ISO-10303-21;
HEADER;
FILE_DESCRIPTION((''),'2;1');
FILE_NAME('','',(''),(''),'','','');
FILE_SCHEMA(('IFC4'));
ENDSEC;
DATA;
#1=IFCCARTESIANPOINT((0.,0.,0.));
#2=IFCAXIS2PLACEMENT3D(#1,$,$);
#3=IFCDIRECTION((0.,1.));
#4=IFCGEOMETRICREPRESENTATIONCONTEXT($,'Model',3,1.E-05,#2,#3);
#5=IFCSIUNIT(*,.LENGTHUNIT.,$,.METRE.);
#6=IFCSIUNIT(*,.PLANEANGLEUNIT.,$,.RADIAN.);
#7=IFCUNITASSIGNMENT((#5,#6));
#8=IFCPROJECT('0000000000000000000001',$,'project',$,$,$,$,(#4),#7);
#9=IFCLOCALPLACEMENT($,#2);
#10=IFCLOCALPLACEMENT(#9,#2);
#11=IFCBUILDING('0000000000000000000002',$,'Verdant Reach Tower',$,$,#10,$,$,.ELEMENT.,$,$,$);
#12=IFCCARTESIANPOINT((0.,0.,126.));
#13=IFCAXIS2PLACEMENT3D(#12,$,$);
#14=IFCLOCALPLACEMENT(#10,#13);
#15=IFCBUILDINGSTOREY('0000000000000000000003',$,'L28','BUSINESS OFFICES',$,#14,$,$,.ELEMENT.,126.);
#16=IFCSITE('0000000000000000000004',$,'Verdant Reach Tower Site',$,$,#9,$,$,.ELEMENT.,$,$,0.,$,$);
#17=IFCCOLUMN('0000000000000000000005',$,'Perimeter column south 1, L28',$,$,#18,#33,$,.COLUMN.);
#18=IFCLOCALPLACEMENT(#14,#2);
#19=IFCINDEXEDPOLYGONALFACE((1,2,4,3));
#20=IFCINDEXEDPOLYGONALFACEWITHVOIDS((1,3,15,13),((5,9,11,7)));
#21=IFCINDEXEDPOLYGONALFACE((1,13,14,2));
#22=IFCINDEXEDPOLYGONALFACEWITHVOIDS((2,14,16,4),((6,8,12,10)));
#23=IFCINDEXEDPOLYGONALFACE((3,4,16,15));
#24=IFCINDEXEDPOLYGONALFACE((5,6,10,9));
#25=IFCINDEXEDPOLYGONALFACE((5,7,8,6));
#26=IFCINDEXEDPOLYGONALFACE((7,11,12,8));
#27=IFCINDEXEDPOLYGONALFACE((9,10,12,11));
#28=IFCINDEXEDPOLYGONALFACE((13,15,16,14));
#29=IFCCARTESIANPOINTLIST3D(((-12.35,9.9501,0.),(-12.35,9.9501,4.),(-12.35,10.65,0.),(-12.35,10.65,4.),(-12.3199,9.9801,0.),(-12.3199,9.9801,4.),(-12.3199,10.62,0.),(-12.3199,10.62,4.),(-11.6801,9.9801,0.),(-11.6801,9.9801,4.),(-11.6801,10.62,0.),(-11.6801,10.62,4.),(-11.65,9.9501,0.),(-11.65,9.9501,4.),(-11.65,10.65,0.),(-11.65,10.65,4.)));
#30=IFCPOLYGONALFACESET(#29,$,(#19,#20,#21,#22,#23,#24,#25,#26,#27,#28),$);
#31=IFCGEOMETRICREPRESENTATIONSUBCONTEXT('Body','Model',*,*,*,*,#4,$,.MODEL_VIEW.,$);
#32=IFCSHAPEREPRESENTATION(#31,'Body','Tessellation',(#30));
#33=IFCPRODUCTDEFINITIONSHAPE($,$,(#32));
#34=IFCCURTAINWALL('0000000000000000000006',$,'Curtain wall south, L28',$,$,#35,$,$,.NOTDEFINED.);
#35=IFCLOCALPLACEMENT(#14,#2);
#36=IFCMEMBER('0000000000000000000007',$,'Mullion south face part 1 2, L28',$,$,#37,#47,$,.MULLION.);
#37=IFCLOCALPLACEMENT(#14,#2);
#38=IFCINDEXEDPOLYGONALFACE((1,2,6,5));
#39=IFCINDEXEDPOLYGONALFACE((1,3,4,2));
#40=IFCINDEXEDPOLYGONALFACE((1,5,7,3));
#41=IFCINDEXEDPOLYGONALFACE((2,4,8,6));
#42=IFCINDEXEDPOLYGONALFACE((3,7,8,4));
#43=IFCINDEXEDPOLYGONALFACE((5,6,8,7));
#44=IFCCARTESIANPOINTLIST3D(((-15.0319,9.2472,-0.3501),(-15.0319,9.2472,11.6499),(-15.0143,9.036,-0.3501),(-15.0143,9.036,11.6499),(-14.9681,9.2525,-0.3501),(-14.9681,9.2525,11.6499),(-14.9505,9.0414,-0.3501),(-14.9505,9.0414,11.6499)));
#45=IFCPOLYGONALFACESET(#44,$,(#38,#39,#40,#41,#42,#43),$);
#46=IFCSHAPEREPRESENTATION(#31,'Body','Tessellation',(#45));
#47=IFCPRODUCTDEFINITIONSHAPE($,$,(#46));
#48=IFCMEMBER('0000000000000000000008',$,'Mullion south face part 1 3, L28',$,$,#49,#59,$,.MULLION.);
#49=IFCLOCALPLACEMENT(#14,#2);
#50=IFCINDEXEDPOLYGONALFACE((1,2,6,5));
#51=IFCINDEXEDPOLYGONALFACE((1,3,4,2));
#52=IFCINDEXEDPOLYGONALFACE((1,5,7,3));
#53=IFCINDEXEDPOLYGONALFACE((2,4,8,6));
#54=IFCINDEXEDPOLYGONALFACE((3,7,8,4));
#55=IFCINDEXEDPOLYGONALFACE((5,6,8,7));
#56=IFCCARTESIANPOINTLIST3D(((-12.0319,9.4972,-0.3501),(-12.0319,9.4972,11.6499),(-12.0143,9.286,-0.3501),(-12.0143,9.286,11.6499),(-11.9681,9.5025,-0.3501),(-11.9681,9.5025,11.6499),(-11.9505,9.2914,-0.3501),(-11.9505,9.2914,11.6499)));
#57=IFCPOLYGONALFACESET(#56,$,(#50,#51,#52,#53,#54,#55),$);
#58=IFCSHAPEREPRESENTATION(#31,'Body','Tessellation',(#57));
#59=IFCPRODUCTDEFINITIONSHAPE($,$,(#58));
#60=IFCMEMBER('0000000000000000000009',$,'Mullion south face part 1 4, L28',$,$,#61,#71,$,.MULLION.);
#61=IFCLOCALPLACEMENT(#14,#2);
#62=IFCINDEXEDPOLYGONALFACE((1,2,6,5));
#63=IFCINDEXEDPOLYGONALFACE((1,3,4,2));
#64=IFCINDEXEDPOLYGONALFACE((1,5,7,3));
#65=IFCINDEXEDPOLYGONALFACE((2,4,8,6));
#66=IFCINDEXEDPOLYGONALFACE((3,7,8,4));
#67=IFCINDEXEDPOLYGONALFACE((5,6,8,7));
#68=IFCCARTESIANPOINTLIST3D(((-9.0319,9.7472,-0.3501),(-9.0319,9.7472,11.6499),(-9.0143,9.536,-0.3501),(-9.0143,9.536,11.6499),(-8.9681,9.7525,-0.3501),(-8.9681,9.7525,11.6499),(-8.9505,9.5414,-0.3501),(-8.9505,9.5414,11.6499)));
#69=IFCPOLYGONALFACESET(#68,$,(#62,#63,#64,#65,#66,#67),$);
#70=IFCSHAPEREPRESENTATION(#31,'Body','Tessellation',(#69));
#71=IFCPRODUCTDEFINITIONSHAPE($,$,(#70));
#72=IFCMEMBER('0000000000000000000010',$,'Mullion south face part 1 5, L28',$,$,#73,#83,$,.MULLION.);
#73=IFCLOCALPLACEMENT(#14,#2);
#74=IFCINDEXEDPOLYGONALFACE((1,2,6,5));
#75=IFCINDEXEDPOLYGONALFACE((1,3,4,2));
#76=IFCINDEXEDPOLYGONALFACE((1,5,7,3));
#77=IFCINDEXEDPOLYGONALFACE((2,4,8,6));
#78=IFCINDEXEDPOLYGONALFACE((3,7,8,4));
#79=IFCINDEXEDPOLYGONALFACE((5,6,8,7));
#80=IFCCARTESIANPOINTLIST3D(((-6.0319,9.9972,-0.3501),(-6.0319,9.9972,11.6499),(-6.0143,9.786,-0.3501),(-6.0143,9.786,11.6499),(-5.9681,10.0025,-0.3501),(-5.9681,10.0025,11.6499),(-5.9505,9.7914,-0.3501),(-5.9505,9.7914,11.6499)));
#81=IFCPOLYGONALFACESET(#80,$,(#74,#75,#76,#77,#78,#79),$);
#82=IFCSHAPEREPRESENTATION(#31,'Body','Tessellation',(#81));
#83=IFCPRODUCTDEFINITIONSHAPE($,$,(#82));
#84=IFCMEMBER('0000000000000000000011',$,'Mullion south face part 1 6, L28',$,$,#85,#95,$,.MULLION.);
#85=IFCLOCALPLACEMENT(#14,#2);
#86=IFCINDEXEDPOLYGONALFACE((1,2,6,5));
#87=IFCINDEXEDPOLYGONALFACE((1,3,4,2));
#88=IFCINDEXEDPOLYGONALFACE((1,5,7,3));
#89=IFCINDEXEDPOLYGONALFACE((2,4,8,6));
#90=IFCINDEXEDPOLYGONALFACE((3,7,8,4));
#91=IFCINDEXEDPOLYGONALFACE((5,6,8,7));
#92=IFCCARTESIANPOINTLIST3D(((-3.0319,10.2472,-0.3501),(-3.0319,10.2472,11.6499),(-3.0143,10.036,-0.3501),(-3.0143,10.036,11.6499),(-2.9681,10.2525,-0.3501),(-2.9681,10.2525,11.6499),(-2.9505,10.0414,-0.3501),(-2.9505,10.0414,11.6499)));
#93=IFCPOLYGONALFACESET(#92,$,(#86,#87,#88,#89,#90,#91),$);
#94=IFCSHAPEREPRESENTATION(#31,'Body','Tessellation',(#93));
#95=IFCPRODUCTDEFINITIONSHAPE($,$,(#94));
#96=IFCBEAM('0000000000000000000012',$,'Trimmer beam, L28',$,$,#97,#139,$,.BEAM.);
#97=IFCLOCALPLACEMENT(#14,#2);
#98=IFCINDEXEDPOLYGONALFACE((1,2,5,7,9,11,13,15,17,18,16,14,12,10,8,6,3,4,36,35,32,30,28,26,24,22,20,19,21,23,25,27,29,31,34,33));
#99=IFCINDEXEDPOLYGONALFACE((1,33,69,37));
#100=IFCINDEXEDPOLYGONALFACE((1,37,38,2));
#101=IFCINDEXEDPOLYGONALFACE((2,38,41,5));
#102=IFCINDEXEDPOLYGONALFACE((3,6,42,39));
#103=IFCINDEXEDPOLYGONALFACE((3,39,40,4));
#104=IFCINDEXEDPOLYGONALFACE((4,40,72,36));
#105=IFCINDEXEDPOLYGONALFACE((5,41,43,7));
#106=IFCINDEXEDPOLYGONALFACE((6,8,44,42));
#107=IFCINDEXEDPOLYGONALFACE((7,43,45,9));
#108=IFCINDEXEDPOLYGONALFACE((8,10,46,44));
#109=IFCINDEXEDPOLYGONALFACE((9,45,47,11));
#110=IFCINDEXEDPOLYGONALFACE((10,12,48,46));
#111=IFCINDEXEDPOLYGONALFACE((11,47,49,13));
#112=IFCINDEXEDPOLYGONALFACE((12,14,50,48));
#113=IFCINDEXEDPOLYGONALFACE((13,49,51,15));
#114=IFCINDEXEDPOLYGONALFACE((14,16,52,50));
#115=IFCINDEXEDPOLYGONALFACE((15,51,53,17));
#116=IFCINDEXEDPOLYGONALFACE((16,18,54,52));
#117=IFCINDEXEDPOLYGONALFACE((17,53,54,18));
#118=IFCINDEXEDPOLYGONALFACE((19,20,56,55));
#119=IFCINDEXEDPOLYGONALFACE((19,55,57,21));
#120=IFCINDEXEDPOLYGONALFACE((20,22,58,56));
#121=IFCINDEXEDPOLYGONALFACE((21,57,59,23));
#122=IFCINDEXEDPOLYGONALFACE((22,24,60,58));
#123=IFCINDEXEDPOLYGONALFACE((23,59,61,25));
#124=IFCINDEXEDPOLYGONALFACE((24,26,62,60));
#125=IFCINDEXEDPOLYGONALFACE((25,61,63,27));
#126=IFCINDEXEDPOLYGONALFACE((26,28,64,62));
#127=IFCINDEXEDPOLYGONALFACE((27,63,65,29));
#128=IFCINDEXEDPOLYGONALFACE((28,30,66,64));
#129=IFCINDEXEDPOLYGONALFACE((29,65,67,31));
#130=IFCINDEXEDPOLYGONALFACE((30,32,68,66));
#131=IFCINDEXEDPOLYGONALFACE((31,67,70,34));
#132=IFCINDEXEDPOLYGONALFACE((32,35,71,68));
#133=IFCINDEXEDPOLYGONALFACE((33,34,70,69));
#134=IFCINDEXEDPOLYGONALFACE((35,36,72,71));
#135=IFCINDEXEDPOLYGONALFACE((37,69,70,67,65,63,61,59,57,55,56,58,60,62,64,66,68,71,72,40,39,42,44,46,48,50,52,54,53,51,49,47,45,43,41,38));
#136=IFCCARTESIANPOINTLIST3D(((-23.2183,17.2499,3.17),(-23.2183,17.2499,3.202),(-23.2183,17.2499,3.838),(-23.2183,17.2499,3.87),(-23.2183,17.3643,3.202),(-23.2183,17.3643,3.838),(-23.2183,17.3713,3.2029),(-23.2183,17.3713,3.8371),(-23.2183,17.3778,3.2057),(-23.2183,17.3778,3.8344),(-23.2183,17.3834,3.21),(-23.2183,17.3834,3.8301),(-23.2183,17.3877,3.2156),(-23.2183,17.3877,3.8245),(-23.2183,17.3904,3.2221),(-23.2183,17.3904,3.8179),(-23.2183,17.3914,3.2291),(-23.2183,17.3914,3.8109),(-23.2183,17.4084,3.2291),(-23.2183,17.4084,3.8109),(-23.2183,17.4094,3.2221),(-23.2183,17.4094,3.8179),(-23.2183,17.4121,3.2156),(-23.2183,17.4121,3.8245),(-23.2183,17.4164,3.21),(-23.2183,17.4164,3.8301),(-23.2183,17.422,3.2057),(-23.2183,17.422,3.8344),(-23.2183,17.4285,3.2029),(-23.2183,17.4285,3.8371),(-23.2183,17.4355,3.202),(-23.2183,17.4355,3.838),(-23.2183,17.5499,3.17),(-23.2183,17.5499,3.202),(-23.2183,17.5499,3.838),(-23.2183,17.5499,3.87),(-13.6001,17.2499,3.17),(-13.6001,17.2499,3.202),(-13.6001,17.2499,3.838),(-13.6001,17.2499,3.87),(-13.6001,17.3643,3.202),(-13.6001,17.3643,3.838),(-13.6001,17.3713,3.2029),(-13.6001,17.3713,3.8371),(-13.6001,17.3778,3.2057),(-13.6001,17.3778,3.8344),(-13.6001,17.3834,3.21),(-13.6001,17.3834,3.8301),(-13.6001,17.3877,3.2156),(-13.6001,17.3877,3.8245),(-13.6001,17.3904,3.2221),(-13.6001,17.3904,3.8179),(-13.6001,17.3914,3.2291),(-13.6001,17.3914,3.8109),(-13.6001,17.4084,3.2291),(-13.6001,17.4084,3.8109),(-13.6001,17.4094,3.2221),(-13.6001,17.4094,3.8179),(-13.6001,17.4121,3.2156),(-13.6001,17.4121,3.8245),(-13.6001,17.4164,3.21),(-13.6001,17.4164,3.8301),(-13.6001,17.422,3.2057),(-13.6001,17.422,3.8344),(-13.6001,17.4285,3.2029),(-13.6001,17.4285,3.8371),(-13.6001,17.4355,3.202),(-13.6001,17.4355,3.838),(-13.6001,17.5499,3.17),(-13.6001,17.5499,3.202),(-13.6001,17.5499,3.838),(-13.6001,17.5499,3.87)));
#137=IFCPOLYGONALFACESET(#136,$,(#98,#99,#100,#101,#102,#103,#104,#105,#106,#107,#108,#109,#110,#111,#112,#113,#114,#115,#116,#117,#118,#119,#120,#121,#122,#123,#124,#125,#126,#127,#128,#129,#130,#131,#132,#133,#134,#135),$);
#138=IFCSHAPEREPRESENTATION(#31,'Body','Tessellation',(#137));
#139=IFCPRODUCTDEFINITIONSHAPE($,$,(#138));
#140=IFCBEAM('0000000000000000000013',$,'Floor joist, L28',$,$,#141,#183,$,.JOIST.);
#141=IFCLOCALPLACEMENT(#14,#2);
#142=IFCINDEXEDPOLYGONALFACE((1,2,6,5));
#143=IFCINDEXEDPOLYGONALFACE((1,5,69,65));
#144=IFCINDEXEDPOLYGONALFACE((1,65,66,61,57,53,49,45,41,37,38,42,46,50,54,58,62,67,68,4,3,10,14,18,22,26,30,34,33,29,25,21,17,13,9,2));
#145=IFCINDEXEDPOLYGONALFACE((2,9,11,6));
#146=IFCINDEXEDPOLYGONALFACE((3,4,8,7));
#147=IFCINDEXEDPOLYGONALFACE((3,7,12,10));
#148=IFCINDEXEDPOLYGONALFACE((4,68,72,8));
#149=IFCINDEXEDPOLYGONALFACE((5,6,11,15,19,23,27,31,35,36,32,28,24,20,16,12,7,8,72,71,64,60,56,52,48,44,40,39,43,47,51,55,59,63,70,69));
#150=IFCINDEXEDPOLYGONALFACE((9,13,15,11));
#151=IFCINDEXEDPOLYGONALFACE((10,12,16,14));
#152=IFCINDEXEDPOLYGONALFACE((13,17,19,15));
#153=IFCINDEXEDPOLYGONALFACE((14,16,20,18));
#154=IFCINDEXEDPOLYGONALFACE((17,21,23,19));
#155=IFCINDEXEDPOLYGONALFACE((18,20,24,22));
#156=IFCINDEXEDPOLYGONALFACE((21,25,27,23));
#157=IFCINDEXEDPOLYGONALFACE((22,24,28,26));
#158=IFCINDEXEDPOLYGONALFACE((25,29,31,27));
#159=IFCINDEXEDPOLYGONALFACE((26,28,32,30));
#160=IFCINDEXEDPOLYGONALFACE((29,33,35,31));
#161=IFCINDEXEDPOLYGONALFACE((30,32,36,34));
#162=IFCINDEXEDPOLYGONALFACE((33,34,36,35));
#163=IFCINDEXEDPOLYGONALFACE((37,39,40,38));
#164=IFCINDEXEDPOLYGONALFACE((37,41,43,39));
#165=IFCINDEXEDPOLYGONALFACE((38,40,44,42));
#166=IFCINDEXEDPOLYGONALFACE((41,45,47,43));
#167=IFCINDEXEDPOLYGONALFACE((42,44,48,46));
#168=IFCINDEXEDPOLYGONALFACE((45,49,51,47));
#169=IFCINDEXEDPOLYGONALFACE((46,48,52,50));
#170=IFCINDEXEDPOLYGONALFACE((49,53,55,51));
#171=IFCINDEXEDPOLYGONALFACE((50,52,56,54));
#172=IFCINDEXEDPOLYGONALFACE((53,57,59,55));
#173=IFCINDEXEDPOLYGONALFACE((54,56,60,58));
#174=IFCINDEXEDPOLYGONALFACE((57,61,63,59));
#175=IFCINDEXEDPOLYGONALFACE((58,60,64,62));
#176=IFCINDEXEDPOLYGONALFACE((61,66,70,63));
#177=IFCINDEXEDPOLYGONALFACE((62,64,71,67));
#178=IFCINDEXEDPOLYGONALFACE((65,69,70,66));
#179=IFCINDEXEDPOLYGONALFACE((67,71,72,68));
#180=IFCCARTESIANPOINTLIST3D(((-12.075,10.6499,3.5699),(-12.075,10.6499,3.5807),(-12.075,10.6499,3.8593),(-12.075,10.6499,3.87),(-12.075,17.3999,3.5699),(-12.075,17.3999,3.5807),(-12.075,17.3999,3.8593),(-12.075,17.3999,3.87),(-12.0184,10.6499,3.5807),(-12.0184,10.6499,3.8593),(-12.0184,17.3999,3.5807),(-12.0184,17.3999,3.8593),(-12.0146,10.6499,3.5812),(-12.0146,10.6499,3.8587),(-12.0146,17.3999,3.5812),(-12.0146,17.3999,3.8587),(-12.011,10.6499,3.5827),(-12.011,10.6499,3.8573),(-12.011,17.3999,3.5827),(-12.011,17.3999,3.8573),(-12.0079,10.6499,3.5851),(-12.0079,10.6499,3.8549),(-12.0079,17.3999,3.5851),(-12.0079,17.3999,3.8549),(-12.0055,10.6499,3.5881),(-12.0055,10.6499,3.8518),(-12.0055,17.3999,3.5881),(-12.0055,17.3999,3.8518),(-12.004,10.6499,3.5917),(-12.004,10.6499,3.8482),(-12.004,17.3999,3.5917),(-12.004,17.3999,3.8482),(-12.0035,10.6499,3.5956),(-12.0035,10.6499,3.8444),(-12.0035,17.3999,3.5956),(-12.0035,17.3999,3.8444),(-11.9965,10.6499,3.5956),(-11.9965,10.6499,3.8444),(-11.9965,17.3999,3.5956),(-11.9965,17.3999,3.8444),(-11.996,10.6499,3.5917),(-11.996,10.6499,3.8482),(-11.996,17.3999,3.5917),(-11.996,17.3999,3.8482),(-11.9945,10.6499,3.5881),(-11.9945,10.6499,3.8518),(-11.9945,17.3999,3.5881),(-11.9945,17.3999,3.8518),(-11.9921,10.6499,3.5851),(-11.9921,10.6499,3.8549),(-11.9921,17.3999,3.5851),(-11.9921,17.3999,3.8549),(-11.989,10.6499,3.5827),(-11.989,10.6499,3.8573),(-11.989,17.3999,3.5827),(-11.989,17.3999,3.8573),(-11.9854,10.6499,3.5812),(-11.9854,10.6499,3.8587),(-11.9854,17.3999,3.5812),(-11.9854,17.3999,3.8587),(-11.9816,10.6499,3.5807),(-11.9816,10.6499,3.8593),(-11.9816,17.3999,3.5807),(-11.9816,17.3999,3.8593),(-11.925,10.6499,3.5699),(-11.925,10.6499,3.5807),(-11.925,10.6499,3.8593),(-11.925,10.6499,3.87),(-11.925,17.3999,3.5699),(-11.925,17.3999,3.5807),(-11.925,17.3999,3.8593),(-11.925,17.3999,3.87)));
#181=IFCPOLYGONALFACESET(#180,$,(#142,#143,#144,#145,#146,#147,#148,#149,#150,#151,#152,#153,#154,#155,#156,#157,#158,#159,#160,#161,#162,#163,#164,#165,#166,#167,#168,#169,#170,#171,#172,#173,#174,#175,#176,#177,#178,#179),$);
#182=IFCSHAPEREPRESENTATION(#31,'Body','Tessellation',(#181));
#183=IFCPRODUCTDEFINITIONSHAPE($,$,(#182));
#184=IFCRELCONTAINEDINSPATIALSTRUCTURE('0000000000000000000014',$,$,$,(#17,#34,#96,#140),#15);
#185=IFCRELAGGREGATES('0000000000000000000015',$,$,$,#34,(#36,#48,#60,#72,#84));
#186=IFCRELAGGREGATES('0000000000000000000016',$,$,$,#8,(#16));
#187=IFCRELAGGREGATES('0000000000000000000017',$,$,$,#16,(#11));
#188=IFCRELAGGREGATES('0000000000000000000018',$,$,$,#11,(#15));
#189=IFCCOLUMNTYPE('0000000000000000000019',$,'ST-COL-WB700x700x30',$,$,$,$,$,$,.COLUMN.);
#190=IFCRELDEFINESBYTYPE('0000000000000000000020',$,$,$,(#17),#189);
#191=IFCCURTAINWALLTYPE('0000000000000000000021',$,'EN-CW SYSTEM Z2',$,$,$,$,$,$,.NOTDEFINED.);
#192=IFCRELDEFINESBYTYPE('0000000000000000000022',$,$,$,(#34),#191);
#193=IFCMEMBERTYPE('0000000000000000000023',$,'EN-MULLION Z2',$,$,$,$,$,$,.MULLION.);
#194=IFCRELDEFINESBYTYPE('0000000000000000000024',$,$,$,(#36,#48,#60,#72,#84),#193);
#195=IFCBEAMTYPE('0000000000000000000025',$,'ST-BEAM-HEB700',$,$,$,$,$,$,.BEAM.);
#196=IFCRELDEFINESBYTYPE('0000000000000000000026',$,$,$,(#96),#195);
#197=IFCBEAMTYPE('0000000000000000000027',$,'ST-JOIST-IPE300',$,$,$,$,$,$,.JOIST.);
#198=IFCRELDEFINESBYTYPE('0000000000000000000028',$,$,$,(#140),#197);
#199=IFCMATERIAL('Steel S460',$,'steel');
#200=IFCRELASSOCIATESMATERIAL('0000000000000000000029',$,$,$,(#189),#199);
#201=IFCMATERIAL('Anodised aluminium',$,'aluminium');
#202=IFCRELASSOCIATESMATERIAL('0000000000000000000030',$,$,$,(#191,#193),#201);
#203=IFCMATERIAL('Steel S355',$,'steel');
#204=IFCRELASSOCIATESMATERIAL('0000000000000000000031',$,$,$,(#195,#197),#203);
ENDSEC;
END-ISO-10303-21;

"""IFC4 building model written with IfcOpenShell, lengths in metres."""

from ifc_helpers import new_model, si_unit, direction, frame, origin, origin_2d, place, context, subcontext, project, spatial, rectangle, hollow_rectangle, i_section, extrude, material, material_profile, profile_set, type_object, element, aggregate, save


model = new_model("IFC4")

# Units and contexts
model_context = context("Model", 3, precision=1e-05, world=origin(), true_north=direction((0.0, 1.0)))
body_context = subcontext(model_context, "Body", "Model", "MODEL_VIEW")
ifc_project = project(units=[si_unit("LENGTHUNIT", "METRE"), si_unit("PLANEANGLEUNIT", "RADIAN")], contexts=[model_context])

# Site, building, storey
site_placement = place(None, origin())
site = spatial("IfcSite", under=ifc_project, at=site_placement, Name="Verdant Reach Tower Site", CompositionType="ELEMENT", RefElevation=0.0)
building_placement = place(site_placement, origin())
building = spatial("IfcBuilding", under=site, at=building_placement, Name="Verdant Reach Tower", CompositionType="ELEMENT")
storey_placement = place(building_placement, frame((0.0, 0.0, 126.0)))
storey = spatial("IfcBuildingStorey", under=building, at=storey_placement, Name="L28", Description="BUSINESS OFFICES", CompositionType="ELEMENT", Elevation=126.0)

# Column
ifc_material_1 = material(Name="Steel S460", Category="steel")
ifc_material_profile_1 = material_profile(ifc_material_1, hollow_rectangle(XDim=0.7, YDim=0.7, WallThickness=0.03, at=origin_2d()), Name="WB 700x700x30")
ifc_profile_set_1 = profile_set([ifc_material_profile_1], Name="Steel S460")
column_type = type_object("IfcColumnType", Name="ST-COL-WB700x700x30", PredefinedType="COLUMN", material=ifc_profile_set_1)
column_placement = place(storey_placement, frame((-12.0, 10.3, 0.0), z_axis=(0.0, 0.0, 1.0), x_axis=(1.0, 0.0, 0.0)))
element("IfcColumn", 1, at=column_placement, inside=storey, type_object=column_type, Name="Perimeter column south 1, L28", PredefinedType="COLUMN", context=body_context, shape_type="SweptSolid", body=[
    extrude(hollow_rectangle(XDim=0.7, YDim=0.7, WallThickness=0.03, at=origin_2d()), origin(), (0.0, 0.0, 1.0), 4.0),
])

# Curtain wall, members
ifc_material_2 = material(Name="Anodised aluminium", Category="aluminium")
curtain_wall_type = type_object("IfcCurtainWallType", Name="EN-CW SYSTEM Z2", PredefinedType="NOTDEFINED", material=ifc_material_2)
curtain_wall_placement = place(storey_placement, origin())
curtain_wall = element("IfcCurtainWall", 2, at=curtain_wall_placement, inside=storey, type_object=curtain_wall_type, Name="Curtain wall south, L28", PredefinedType="NOTDEFINED")
ifc_material_profile_2 = material_profile(ifc_material_2, rectangle(XDim=0.2119, YDim=0.064, at=origin_2d()), Name="Mullion 64x212")
ifc_profile_set_2 = profile_set([ifc_material_profile_2], Name="Anodised aluminium")
member_type = type_object("IfcMemberType", Name="EN-MULLION Z2", PredefinedType="MULLION", material=ifc_profile_set_2)
member_1_placement = place(storey_placement, frame((-14.9912, 9.1443, -0.3501), z_axis=(0.0, 0.0, 1.0), x_axis=(0.083045, -0.996546, 0.0)))
member_1 = element("IfcMember", 3, at=member_1_placement, type_object=member_type, Name="Mullion south face part 1 2, L28", PredefinedType="MULLION", context=body_context, shape_type="SweptSolid", body=[
    extrude(rectangle(XDim=0.2119, YDim=0.064, at=origin_2d()), origin(), (0.0, 0.0, 1.0), 12.0),
])
member_2_placement = place(storey_placement, frame((-11.9912, 9.3943, -0.3501), z_axis=(0.0, 0.0, 1.0), x_axis=(0.083045, -0.996546, 0.0)))
member_2 = element("IfcMember", 4, at=member_2_placement, type_object=member_type, Name="Mullion south face part 1 3, L28", PredefinedType="MULLION", context=body_context, shape_type="SweptSolid", body=[
    extrude(rectangle(XDim=0.2119, YDim=0.064, at=origin_2d()), origin(), (0.0, 0.0, 1.0), 12.0),
])
member_3_placement = place(storey_placement, frame((-8.9912, 9.6443, -0.3501), z_axis=(0.0, 0.0, 1.0), x_axis=(0.083045, -0.996546, 0.0)))
member_3 = element("IfcMember", 5, at=member_3_placement, type_object=member_type, Name="Mullion south face part 1 4, L28", PredefinedType="MULLION", context=body_context, shape_type="SweptSolid", body=[
    extrude(rectangle(XDim=0.2119, YDim=0.064, at=origin_2d()), origin(), (0.0, 0.0, 1.0), 12.0),
])
member_4_placement = place(storey_placement, frame((-5.9912, 9.8943, -0.3501), z_axis=(0.0, 0.0, 1.0), x_axis=(0.083045, -0.996546, 0.0)))
member_4 = element("IfcMember", 6, at=member_4_placement, type_object=member_type, Name="Mullion south face part 1 5, L28", PredefinedType="MULLION", context=body_context, shape_type="SweptSolid", body=[
    extrude(rectangle(XDim=0.2119, YDim=0.064, at=origin_2d()), origin(), (0.0, 0.0, 1.0), 12.0),
])
member_5_placement = place(storey_placement, frame((-2.9912, 10.1443, -0.3501), z_axis=(0.0, 0.0, 1.0), x_axis=(0.083045, -0.996546, 0.0)))
member_5 = element("IfcMember", 7, at=member_5_placement, type_object=member_type, Name="Mullion south face part 1 6, L28", PredefinedType="MULLION", context=body_context, shape_type="SweptSolid", body=[
    extrude(rectangle(XDim=0.2119, YDim=0.064, at=origin_2d()), origin(), (0.0, 0.0, 1.0), 12.0),
])

# Beams
ifc_material_3 = material(Name="Steel S355", Category="steel")
ifc_material_profile_3 = material_profile(ifc_material_3, i_section(OverallWidth=0.3, OverallDepth=0.7, WebThickness=0.0171, FlangeThickness=0.032, FilletRadius=0.0271, at=origin_2d()), Name="HEB 700")
ifc_profile_set_3 = profile_set([ifc_material_profile_3], Name="Steel S355")
beam_type_1 = type_object("IfcBeamType", Name="ST-BEAM-HEB700", PredefinedType="BEAM", material=ifc_profile_set_3)
beam_1_placement = place(storey_placement, frame((-13.6001, 17.3999, 3.52), z_axis=(-1.0, 0.0, 0.0), x_axis=(0.0, -1.0, 0.0)))
element("IfcBeam", 8, at=beam_1_placement, inside=storey, type_object=beam_type_1, Name="Trimmer beam, L28", PredefinedType="BEAM", context=body_context, shape_type="SweptSolid", body=[
    extrude(i_section(OverallWidth=0.3, OverallDepth=0.7, WebThickness=0.0171, FlangeThickness=0.032, FilletRadius=0.0271, at=origin_2d()), origin(), (0.0, 0.0, 1.0), 9.6182),
])
ifc_material_profile_4 = material_profile(ifc_material_3, i_section(OverallWidth=0.1499, OverallDepth=0.3, WebThickness=0.0071, FlangeThickness=0.0107, FilletRadius=0.0149, at=origin_2d()), Name="IPE 300")
ifc_profile_set_4 = profile_set([ifc_material_profile_4], Name="Steel S355")
beam_type_2 = type_object("IfcBeamType", Name="ST-JOIST-IPE300", PredefinedType="JOIST", material=ifc_profile_set_4)
beam_2_placement = place(storey_placement, frame((-12.0, 17.3999, 3.72), z_axis=(0.0, -1.0, 0.0), x_axis=(1.0, 0.0, 0.0)))
element("IfcBeam", 9, at=beam_2_placement, inside=storey, type_object=beam_type_2, Name="Floor joist, L28", PredefinedType="JOIST", context=body_context, shape_type="SweptSolid", body=[
    extrude(i_section(OverallWidth=0.1499, OverallDepth=0.3, WebThickness=0.0071, FlangeThickness=0.0107, FilletRadius=0.0149, at=origin_2d()), origin(), (0.0, 0.0, 1.0), 6.75),
])

aggregate(curtain_wall, [member_1, member_2, member_3, member_4, member_5])

save(model, "model.ifc")
